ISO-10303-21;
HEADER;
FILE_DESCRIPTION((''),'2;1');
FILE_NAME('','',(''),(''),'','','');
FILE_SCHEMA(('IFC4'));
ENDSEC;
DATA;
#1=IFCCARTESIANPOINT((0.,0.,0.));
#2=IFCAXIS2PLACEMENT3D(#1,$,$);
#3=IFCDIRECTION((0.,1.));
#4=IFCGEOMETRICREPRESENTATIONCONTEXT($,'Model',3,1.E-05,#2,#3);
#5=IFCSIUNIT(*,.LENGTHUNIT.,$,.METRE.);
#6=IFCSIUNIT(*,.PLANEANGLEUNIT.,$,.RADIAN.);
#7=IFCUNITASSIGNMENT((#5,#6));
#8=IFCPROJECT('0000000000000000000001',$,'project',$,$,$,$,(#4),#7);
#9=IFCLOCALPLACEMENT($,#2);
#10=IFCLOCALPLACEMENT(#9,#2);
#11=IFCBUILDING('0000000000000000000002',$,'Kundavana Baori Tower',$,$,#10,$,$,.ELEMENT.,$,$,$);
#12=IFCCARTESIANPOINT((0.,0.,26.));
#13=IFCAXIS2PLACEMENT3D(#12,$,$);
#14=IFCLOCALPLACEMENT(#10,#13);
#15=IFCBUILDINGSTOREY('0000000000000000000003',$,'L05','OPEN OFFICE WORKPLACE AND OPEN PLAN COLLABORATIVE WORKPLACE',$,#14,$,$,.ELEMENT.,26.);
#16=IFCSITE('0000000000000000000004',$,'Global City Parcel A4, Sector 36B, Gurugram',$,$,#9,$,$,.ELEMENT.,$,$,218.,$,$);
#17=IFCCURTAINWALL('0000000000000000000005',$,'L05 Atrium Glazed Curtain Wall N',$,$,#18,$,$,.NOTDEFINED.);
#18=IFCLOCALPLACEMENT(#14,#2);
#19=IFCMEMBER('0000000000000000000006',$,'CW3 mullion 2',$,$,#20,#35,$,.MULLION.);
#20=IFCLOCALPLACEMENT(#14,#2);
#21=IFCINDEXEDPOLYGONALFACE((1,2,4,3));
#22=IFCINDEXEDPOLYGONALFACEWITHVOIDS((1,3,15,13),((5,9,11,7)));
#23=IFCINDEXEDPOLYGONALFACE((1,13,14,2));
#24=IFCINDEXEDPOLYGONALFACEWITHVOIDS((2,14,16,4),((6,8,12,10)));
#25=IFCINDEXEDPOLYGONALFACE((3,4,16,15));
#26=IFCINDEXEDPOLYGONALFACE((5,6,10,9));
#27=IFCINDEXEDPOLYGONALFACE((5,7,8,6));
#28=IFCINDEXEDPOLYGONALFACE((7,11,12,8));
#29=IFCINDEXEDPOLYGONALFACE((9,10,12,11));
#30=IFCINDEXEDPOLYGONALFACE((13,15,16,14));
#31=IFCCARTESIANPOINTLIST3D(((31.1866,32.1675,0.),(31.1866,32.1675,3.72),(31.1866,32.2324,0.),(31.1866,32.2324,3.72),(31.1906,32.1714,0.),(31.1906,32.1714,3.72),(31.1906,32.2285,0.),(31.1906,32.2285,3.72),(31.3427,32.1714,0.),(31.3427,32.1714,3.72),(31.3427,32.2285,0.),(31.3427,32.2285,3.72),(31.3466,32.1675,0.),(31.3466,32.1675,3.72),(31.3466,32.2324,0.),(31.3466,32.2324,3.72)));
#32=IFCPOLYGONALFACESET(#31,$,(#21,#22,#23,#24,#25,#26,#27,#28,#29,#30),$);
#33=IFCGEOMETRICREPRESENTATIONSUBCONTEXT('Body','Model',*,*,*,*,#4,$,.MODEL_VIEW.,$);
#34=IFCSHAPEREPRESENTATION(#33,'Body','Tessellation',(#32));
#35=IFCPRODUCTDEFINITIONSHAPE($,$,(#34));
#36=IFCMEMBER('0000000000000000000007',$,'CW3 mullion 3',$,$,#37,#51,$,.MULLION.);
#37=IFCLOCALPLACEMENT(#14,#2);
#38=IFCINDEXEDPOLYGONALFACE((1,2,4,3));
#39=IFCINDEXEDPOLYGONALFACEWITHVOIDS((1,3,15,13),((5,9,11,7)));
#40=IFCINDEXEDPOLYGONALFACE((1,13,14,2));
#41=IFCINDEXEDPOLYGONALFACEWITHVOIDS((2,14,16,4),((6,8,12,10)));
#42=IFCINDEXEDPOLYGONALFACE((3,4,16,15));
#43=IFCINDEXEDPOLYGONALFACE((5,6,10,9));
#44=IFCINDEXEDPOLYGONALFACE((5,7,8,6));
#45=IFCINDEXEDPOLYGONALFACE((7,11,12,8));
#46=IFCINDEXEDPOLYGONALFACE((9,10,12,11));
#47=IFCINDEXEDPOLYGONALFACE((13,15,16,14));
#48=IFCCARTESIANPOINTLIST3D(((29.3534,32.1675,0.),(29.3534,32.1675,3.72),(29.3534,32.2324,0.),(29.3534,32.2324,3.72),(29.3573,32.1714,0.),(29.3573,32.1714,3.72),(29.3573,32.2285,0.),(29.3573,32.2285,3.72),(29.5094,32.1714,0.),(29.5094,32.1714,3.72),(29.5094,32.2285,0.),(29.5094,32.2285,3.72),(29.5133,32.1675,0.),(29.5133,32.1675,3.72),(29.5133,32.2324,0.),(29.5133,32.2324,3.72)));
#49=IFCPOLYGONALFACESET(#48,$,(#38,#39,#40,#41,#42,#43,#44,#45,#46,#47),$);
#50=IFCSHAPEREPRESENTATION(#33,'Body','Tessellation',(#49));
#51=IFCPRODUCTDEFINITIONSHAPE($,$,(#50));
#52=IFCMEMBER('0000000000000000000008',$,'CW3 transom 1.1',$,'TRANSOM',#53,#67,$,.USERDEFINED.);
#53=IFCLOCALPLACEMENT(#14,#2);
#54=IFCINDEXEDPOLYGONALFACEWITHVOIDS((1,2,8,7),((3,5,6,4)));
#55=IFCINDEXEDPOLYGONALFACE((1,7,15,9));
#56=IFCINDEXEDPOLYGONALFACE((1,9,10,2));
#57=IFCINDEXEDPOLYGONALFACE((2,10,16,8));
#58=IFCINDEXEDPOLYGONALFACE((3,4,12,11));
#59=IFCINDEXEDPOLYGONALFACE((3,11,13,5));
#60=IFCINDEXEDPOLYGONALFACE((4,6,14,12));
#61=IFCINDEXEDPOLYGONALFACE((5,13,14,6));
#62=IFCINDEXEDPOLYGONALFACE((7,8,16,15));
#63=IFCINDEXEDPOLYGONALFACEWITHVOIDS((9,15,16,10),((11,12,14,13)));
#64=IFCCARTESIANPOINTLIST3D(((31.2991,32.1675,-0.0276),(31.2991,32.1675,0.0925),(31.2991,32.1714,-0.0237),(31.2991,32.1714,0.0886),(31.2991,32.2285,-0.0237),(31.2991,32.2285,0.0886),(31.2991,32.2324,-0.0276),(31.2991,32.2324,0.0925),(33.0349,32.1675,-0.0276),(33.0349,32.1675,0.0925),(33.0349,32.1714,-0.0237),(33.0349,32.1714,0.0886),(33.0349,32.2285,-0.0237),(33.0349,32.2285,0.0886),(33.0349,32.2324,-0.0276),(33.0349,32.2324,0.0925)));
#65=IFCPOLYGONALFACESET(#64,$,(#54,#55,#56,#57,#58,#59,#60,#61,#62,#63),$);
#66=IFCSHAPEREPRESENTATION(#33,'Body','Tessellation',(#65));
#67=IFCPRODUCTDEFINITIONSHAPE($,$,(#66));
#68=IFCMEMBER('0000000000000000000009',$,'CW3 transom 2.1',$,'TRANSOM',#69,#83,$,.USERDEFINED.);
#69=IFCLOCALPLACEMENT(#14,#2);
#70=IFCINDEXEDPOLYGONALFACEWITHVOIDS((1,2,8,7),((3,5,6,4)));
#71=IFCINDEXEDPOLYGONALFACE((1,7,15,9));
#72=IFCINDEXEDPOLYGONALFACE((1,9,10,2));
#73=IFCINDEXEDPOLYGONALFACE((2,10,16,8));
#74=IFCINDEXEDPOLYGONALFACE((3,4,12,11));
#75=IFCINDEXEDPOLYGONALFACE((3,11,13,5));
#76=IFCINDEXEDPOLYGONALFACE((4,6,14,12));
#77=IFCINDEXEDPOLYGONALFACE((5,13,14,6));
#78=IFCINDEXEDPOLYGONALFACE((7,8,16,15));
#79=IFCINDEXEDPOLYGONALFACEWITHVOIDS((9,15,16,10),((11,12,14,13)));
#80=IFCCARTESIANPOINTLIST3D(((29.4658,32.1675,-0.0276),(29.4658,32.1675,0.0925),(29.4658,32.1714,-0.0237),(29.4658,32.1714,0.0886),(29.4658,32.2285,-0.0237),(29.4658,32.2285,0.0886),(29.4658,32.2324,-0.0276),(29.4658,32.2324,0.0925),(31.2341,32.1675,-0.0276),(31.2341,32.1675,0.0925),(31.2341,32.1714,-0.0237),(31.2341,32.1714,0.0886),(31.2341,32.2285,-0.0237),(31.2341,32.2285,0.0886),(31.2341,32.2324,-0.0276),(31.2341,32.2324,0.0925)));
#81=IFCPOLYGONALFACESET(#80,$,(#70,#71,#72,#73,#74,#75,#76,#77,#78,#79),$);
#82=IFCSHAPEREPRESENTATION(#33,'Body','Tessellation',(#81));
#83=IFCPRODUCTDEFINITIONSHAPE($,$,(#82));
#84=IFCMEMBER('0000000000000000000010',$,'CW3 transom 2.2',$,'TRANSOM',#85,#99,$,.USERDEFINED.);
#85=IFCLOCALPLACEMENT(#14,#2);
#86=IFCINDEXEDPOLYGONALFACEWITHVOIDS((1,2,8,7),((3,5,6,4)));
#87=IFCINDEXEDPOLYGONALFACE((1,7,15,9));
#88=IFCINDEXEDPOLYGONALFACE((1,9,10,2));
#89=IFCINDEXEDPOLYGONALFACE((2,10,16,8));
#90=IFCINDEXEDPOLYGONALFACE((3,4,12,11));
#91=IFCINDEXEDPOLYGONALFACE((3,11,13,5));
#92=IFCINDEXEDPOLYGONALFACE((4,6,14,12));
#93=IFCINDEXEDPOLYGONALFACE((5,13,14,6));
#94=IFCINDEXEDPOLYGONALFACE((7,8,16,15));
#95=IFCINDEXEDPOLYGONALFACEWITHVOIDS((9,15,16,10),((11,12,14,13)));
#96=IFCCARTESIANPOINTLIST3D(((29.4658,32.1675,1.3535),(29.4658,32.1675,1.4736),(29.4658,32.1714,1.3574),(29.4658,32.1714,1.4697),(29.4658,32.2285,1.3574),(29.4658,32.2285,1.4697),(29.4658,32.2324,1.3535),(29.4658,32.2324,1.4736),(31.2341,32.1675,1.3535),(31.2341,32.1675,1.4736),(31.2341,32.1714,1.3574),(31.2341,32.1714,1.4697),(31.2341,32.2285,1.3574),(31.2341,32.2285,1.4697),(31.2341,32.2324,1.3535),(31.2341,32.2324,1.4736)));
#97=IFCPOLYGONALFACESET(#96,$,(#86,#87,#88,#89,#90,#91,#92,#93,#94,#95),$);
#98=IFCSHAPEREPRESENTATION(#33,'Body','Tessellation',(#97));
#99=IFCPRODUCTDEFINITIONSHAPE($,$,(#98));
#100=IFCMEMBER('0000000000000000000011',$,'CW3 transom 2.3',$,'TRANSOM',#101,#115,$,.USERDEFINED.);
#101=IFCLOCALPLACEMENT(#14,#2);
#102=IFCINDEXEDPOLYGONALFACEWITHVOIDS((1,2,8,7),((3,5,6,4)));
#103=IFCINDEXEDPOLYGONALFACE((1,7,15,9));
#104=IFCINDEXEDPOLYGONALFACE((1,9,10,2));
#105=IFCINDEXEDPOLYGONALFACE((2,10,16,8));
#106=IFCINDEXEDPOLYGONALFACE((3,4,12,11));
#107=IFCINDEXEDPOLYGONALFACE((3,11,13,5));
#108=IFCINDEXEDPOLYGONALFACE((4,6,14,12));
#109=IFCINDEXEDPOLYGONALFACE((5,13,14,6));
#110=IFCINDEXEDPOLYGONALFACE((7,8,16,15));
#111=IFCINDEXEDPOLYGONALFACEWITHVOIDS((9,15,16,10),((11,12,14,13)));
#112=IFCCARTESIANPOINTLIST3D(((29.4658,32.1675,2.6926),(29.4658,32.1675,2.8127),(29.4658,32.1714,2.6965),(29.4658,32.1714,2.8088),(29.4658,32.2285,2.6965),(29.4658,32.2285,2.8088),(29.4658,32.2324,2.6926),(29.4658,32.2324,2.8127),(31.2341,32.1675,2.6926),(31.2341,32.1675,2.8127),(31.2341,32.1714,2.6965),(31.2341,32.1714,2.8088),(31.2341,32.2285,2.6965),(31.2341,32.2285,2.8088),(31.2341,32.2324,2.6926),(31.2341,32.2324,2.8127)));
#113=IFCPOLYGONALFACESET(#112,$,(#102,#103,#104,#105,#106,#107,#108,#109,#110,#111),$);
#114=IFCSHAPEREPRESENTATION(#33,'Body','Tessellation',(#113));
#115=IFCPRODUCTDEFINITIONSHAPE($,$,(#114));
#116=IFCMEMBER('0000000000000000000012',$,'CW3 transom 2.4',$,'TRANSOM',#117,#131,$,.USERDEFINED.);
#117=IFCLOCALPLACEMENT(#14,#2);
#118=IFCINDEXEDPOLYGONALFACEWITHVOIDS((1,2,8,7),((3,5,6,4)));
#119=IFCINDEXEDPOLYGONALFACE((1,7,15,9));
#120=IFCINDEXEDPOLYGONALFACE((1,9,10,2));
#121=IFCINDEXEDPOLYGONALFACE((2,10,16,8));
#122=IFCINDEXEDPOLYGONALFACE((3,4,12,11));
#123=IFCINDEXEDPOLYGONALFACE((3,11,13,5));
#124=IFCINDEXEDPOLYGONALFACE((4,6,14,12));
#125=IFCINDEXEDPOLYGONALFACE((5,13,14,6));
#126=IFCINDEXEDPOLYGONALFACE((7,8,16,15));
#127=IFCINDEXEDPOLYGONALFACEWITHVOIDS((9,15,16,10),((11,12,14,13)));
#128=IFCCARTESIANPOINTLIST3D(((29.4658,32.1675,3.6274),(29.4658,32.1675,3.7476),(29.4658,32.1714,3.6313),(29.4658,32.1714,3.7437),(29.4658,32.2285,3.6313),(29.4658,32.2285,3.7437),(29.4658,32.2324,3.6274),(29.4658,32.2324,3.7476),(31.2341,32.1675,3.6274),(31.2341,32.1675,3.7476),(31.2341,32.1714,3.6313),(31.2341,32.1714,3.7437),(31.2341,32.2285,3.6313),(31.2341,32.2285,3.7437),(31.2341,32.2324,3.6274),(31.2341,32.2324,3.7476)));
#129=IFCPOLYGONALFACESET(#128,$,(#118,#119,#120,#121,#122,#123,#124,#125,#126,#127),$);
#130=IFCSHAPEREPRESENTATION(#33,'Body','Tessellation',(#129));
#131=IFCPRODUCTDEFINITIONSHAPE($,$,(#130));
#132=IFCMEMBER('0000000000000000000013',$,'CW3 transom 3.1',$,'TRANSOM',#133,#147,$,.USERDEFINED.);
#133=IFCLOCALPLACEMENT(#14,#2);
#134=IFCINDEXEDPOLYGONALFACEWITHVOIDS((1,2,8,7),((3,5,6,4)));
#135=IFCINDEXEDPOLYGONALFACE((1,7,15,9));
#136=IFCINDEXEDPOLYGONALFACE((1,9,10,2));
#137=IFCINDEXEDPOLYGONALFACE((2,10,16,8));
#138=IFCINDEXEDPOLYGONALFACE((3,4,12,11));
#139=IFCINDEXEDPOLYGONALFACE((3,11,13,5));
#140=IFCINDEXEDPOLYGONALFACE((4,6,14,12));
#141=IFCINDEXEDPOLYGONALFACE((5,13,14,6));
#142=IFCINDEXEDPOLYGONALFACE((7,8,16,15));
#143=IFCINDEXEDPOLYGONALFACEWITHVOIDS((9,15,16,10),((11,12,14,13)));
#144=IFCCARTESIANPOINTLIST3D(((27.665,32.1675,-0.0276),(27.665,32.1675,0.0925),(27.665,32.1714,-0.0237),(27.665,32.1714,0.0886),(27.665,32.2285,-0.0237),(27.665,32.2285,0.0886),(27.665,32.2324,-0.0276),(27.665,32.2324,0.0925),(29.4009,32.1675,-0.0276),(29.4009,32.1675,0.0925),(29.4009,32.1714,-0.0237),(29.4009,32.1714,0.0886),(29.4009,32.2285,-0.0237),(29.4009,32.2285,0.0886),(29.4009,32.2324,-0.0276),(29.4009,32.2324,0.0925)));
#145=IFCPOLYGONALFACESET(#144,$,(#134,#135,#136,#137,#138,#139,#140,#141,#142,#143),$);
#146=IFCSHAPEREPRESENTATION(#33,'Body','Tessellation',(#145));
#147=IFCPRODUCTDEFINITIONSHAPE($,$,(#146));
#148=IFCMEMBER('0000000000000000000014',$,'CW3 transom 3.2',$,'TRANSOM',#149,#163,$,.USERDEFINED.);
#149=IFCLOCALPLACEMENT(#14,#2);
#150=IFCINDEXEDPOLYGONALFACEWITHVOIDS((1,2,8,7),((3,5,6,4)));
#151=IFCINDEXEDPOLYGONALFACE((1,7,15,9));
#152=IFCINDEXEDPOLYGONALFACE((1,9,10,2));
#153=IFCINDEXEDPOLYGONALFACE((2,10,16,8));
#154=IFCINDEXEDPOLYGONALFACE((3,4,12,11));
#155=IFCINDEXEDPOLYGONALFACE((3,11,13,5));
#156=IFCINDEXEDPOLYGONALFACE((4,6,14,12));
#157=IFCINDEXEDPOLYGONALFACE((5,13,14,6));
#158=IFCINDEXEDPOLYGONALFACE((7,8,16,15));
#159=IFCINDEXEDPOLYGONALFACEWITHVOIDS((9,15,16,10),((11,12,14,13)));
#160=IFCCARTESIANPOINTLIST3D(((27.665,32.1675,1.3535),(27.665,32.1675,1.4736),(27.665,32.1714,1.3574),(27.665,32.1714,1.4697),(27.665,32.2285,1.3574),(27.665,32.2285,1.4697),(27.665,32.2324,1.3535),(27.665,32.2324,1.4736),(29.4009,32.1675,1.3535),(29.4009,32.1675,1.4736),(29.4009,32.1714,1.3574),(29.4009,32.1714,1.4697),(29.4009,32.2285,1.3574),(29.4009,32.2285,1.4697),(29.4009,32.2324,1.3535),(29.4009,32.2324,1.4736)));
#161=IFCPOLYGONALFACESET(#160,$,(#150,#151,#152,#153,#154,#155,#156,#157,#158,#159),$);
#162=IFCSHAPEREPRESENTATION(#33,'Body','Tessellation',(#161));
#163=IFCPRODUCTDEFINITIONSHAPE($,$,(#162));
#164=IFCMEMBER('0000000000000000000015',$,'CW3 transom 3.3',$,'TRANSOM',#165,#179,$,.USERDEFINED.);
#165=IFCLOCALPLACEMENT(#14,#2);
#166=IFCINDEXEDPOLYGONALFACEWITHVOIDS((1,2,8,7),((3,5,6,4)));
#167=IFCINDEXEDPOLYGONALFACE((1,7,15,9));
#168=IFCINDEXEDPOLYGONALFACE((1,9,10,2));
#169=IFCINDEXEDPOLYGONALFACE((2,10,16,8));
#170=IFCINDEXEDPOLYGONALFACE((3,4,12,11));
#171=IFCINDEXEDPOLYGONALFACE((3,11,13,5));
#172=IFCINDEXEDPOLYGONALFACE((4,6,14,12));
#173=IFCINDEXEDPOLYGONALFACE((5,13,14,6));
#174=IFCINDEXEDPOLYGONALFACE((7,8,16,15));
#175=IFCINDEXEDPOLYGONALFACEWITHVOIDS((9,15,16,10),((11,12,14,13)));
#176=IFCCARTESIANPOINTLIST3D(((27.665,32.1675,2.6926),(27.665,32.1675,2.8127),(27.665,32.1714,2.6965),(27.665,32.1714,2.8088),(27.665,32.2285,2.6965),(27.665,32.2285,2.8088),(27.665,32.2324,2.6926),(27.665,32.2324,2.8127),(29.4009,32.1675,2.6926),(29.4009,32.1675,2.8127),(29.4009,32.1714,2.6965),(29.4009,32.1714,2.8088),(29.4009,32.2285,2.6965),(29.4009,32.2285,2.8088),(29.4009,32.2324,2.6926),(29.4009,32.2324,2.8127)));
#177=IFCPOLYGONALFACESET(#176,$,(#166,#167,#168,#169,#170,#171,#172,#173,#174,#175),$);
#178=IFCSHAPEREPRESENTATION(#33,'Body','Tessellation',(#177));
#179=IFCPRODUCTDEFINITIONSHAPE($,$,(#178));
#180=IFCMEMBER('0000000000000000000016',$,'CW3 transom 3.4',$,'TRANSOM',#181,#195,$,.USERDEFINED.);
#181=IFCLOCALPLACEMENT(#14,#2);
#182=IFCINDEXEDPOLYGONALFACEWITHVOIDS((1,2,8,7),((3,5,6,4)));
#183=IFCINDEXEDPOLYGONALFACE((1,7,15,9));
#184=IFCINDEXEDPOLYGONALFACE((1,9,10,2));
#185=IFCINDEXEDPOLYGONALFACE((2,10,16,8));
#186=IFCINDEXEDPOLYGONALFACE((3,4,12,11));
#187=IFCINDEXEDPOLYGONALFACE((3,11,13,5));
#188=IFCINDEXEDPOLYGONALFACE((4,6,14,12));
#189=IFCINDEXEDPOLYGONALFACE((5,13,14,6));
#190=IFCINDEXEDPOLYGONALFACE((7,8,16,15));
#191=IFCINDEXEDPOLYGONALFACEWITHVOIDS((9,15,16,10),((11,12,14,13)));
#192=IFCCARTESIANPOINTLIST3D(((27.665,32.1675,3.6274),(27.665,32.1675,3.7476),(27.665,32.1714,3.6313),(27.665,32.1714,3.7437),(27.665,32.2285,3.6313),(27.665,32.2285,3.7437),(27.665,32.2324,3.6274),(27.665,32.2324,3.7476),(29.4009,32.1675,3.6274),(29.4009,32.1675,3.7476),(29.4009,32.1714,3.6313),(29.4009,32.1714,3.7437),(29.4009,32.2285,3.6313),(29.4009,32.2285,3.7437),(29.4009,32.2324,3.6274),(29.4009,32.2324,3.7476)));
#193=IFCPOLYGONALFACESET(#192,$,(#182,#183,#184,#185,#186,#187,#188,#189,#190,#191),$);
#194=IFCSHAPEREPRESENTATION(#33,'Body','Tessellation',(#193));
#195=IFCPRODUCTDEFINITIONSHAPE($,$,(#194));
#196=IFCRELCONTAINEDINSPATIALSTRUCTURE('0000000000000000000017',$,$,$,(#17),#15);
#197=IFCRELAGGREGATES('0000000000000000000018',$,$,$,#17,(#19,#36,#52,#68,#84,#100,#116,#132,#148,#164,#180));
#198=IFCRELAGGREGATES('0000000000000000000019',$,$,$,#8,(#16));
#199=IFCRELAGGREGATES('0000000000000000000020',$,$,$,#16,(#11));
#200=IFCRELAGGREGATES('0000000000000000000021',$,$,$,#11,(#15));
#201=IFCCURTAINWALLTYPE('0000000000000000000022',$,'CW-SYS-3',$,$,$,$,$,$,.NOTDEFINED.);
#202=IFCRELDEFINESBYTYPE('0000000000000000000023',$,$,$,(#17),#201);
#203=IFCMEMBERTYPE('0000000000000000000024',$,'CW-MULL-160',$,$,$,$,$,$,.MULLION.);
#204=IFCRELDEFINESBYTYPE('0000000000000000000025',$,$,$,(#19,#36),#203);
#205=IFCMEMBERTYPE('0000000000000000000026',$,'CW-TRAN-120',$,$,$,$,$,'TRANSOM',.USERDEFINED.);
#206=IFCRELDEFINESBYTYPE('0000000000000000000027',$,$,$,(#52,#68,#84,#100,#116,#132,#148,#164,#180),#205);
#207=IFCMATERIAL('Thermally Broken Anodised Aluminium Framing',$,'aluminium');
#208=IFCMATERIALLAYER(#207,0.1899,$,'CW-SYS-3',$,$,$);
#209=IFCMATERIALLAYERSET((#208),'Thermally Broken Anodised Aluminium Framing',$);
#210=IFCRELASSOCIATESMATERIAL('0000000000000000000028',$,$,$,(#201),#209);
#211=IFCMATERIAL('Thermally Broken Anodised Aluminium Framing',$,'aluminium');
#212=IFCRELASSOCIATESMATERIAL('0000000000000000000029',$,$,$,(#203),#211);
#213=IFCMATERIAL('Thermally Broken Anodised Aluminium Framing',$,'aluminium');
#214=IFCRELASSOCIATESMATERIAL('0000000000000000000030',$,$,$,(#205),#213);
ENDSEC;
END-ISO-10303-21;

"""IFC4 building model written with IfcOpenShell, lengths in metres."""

from ifc_helpers import new_model, si_unit, direction, frame, origin, origin_2d, place, context, subcontext, project, spatial, hollow_rectangle, extrude, material, layer, layer_set, material_profile, profile_set, type_object, element, aggregate, save


model = new_model("IFC4")

# Units and contexts
model_context = context("Model", 3, precision=1e-05, world=origin(), true_north=direction((0.0, 1.0)))
body_context = subcontext(model_context, "Body", "Model", "MODEL_VIEW")
ifc_project = project(units=[si_unit("LENGTHUNIT", "METRE"), si_unit("PLANEANGLEUNIT", "RADIAN")], contexts=[model_context])

# Site, building, storey
site_placement = place(None, origin())
site = spatial("IfcSite", under=ifc_project, at=site_placement, Name="Global City Parcel A4, Sector 36B, Gurugram", CompositionType="ELEMENT", RefElevation=218.0)
building_placement = place(site_placement, origin())
building = spatial("IfcBuilding", under=site, at=building_placement, Name="Kundavana Baori Tower", CompositionType="ELEMENT")
storey_placement = place(building_placement, frame((0.0, 0.0, 26.0)))
storey = spatial("IfcBuildingStorey", under=building, at=storey_placement, Name="L05", Description="OPEN OFFICE WORKPLACE AND OPEN PLAN COLLABORATIVE WORKPLACE", CompositionType="ELEMENT", Elevation=26.0)

# Curtain wall, members
ifc_material_1 = material(Name="Thermally Broken Anodised Aluminium Framing", Category="aluminium")
ifc_layer_1 = layer(ifc_material_1, 0.1899, Name="CW-SYS-3")
ifc_layer_set_1 = layer_set([ifc_layer_1], Name="Thermally Broken Anodised Aluminium Framing")
curtain_wall_type = type_object("IfcCurtainWallType", Name="CW-SYS-3", PredefinedType="NOTDEFINED", material=ifc_layer_set_1)
curtain_wall_placement = place(storey_placement, origin())
curtain_wall = element("IfcCurtainWall", 1, at=curtain_wall_placement, inside=storey, type_object=curtain_wall_type, Name="L05 Atrium Glazed Curtain Wall N", PredefinedType="NOTDEFINED")
ifc_material_2 = material(Name="Thermally Broken Anodised Aluminium Framing", Category="aluminium")
ifc_material_profile_1 = material_profile(ifc_material_2, hollow_rectangle(XDim=0.0649, YDim=0.1599, WallThickness=0.0039, at=origin_2d()), Name="CW-MULL-160")
ifc_profile_set_1 = profile_set([ifc_material_profile_1], Name="Thermally Broken Anodised Aluminium Framing")
member_type_1 = type_object("IfcMemberType", Name="CW-MULL-160", PredefinedType="MULLION", material=ifc_profile_set_1)
member_1_placement = place(storey_placement, frame((31.2666, 32.2, 0.0), z_axis=(0.0, 0.0, 1.0), x_axis=(0.0, -1.0, 0.0)))
member_1 = element("IfcMember", 2, at=member_1_placement, type_object=member_type_1, Name="CW3 mullion 2", PredefinedType="MULLION", context=body_context, shape_type="SweptSolid", body=[
    extrude(hollow_rectangle(XDim=0.0649, YDim=0.1599, WallThickness=0.0039, at=origin_2d()), origin(), (0.0, 0.0, 1.0), 3.72),
])
member_2_placement = place(storey_placement, frame((29.4333, 32.2, 0.0), z_axis=(0.0, 0.0, 1.0), x_axis=(0.0, -1.0, 0.0)))
member_2 = element("IfcMember", 3, at=member_2_placement, type_object=member_type_1, Name="CW3 mullion 3", PredefinedType="MULLION", context=body_context, shape_type="SweptSolid", body=[
    extrude(hollow_rectangle(XDim=0.0649, YDim=0.1599, WallThickness=0.0039, at=origin_2d()), origin(), (0.0, 0.0, 1.0), 3.72),
])
ifc_material_3 = material(Name="Thermally Broken Anodised Aluminium Framing", Category="aluminium")
ifc_material_profile_2 = material_profile(ifc_material_3, hollow_rectangle(XDim=0.0649, YDim=0.1201, WallThickness=0.0039, at=origin_2d()), Name="CW-TRAN-120")
ifc_profile_set_2 = profile_set([ifc_material_profile_2], Name="Thermally Broken Anodised Aluminium Framing")
member_type_2 = type_object("IfcMemberType", Name="CW-TRAN-120", ElementType="TRANSOM", PredefinedType="USERDEFINED", material=ifc_profile_set_2)
member_3_placement = place(storey_placement, frame((33.0349, 32.2, 0.0325), z_axis=(-1.0, 0.0, 0.0), x_axis=(0.0, -1.0, 0.0)))
member_3 = element("IfcMember", 4, at=member_3_placement, type_object=member_type_2, Name="CW3 transom 1.1", ObjectType="TRANSOM", PredefinedType="USERDEFINED", context=body_context, shape_type="SweptSolid", body=[
    extrude(hollow_rectangle(XDim=0.0649, YDim=0.1201, WallThickness=0.0039, at=origin_2d()), origin(), (0.0, 0.0, 1.0), 1.7358),
])
member_4_placement = place(storey_placement, frame((31.2341, 32.2, 0.0325), z_axis=(-1.0, 0.0, 0.0), x_axis=(0.0, -1.0, 0.0)))
member_4 = element("IfcMember", 5, at=member_4_placement, type_object=member_type_2, Name="CW3 transom 2.1", ObjectType="TRANSOM", PredefinedType="USERDEFINED", context=body_context, shape_type="SweptSolid", body=[
    extrude(hollow_rectangle(XDim=0.0649, YDim=0.1201, WallThickness=0.0039, at=origin_2d()), origin(), (0.0, 0.0, 1.0), 1.7683),
])
member_5_placement = place(storey_placement, frame((31.2341, 32.2, 1.4136), z_axis=(-1.0, 0.0, 0.0), x_axis=(0.0, -1.0, 0.0)))
member_5 = element("IfcMember", 6, at=member_5_placement, type_object=member_type_2, Name="CW3 transom 2.2", ObjectType="TRANSOM", PredefinedType="USERDEFINED", context=body_context, shape_type="SweptSolid", body=[
    extrude(hollow_rectangle(XDim=0.0649, YDim=0.1201, WallThickness=0.0039, at=origin_2d()), origin(), (0.0, 0.0, 1.0), 1.7683),
])
member_6_placement = place(storey_placement, frame((31.2341, 32.2, 2.7527), z_axis=(-1.0, 0.0, 0.0), x_axis=(0.0, -1.0, 0.0)))
member_6 = element("IfcMember", 7, at=member_6_placement, type_object=member_type_2, Name="CW3 transom 2.3", ObjectType="TRANSOM", PredefinedType="USERDEFINED", context=body_context, shape_type="SweptSolid", body=[
    extrude(hollow_rectangle(XDim=0.0649, YDim=0.1201, WallThickness=0.0039, at=origin_2d()), origin(), (0.0, 0.0, 1.0), 1.7683),
])
member_7_placement = place(storey_placement, frame((31.2341, 32.2, 3.6875), z_axis=(-1.0, 0.0, 0.0), x_axis=(0.0, -1.0, 0.0)))
member_7 = element("IfcMember", 8, at=member_7_placement, type_object=member_type_2, Name="CW3 transom 2.4", ObjectType="TRANSOM", PredefinedType="USERDEFINED", context=body_context, shape_type="SweptSolid", body=[
    extrude(hollow_rectangle(XDim=0.0649, YDim=0.1201, WallThickness=0.0039, at=origin_2d()), origin(), (0.0, 0.0, 1.0), 1.7683),
])
member_8_placement = place(storey_placement, frame((29.4009, 32.2, 0.0325), z_axis=(-1.0, 0.0, 0.0), x_axis=(0.0, -1.0, 0.0)))
member_8 = element("IfcMember", 9, at=member_8_placement, type_object=member_type_2, Name="CW3 transom 3.1", ObjectType="TRANSOM", PredefinedType="USERDEFINED", context=body_context, shape_type="SweptSolid", body=[
    extrude(hollow_rectangle(XDim=0.0649, YDim=0.1201, WallThickness=0.0039, at=origin_2d()), origin(), (0.0, 0.0, 1.0), 1.7358),
])
member_9_placement = place(storey_placement, frame((29.4009, 32.2, 1.4136), z_axis=(-1.0, 0.0, 0.0), x_axis=(0.0, -1.0, 0.0)))
member_9 = element("IfcMember", 10, at=member_9_placement, type_object=member_type_2, Name="CW3 transom 3.2", ObjectType="TRANSOM", PredefinedType="USERDEFINED", context=body_context, shape_type="SweptSolid", body=[
    extrude(hollow_rectangle(XDim=0.0649, YDim=0.1201, WallThickness=0.0039, at=origin_2d()), origin(), (0.0, 0.0, 1.0), 1.7358),
])
member_10_placement = place(storey_placement, frame((29.4009, 32.2, 2.7527), z_axis=(-1.0, 0.0, 0.0), x_axis=(0.0, -1.0, 0.0)))
member_10 = element("IfcMember", 11, at=member_10_placement, type_object=member_type_2, Name="CW3 transom 3.3", ObjectType="TRANSOM", PredefinedType="USERDEFINED", context=body_context, shape_type="SweptSolid", body=[
    extrude(hollow_rectangle(XDim=0.0649, YDim=0.1201, WallThickness=0.0039, at=origin_2d()), origin(), (0.0, 0.0, 1.0), 1.7358),
])
member_11_placement = place(storey_placement, frame((29.4009, 32.2, 3.6875), z_axis=(-1.0, 0.0, 0.0), x_axis=(0.0, -1.0, 0.0)))
member_11 = element("IfcMember", 12, at=member_11_placement, type_object=member_type_2, Name="CW3 transom 3.4", ObjectType="TRANSOM", PredefinedType="USERDEFINED", context=body_context, shape_type="SweptSolid", body=[
    extrude(hollow_rectangle(XDim=0.0649, YDim=0.1201, WallThickness=0.0039, at=origin_2d()), origin(), (0.0, 0.0, 1.0), 1.7358),
])
aggregate(curtain_wall, [member_1, member_2, member_3, member_4, member_5, member_6, member_7, member_8, member_9, member_10, member_11])

save(model, "model.ifc")
